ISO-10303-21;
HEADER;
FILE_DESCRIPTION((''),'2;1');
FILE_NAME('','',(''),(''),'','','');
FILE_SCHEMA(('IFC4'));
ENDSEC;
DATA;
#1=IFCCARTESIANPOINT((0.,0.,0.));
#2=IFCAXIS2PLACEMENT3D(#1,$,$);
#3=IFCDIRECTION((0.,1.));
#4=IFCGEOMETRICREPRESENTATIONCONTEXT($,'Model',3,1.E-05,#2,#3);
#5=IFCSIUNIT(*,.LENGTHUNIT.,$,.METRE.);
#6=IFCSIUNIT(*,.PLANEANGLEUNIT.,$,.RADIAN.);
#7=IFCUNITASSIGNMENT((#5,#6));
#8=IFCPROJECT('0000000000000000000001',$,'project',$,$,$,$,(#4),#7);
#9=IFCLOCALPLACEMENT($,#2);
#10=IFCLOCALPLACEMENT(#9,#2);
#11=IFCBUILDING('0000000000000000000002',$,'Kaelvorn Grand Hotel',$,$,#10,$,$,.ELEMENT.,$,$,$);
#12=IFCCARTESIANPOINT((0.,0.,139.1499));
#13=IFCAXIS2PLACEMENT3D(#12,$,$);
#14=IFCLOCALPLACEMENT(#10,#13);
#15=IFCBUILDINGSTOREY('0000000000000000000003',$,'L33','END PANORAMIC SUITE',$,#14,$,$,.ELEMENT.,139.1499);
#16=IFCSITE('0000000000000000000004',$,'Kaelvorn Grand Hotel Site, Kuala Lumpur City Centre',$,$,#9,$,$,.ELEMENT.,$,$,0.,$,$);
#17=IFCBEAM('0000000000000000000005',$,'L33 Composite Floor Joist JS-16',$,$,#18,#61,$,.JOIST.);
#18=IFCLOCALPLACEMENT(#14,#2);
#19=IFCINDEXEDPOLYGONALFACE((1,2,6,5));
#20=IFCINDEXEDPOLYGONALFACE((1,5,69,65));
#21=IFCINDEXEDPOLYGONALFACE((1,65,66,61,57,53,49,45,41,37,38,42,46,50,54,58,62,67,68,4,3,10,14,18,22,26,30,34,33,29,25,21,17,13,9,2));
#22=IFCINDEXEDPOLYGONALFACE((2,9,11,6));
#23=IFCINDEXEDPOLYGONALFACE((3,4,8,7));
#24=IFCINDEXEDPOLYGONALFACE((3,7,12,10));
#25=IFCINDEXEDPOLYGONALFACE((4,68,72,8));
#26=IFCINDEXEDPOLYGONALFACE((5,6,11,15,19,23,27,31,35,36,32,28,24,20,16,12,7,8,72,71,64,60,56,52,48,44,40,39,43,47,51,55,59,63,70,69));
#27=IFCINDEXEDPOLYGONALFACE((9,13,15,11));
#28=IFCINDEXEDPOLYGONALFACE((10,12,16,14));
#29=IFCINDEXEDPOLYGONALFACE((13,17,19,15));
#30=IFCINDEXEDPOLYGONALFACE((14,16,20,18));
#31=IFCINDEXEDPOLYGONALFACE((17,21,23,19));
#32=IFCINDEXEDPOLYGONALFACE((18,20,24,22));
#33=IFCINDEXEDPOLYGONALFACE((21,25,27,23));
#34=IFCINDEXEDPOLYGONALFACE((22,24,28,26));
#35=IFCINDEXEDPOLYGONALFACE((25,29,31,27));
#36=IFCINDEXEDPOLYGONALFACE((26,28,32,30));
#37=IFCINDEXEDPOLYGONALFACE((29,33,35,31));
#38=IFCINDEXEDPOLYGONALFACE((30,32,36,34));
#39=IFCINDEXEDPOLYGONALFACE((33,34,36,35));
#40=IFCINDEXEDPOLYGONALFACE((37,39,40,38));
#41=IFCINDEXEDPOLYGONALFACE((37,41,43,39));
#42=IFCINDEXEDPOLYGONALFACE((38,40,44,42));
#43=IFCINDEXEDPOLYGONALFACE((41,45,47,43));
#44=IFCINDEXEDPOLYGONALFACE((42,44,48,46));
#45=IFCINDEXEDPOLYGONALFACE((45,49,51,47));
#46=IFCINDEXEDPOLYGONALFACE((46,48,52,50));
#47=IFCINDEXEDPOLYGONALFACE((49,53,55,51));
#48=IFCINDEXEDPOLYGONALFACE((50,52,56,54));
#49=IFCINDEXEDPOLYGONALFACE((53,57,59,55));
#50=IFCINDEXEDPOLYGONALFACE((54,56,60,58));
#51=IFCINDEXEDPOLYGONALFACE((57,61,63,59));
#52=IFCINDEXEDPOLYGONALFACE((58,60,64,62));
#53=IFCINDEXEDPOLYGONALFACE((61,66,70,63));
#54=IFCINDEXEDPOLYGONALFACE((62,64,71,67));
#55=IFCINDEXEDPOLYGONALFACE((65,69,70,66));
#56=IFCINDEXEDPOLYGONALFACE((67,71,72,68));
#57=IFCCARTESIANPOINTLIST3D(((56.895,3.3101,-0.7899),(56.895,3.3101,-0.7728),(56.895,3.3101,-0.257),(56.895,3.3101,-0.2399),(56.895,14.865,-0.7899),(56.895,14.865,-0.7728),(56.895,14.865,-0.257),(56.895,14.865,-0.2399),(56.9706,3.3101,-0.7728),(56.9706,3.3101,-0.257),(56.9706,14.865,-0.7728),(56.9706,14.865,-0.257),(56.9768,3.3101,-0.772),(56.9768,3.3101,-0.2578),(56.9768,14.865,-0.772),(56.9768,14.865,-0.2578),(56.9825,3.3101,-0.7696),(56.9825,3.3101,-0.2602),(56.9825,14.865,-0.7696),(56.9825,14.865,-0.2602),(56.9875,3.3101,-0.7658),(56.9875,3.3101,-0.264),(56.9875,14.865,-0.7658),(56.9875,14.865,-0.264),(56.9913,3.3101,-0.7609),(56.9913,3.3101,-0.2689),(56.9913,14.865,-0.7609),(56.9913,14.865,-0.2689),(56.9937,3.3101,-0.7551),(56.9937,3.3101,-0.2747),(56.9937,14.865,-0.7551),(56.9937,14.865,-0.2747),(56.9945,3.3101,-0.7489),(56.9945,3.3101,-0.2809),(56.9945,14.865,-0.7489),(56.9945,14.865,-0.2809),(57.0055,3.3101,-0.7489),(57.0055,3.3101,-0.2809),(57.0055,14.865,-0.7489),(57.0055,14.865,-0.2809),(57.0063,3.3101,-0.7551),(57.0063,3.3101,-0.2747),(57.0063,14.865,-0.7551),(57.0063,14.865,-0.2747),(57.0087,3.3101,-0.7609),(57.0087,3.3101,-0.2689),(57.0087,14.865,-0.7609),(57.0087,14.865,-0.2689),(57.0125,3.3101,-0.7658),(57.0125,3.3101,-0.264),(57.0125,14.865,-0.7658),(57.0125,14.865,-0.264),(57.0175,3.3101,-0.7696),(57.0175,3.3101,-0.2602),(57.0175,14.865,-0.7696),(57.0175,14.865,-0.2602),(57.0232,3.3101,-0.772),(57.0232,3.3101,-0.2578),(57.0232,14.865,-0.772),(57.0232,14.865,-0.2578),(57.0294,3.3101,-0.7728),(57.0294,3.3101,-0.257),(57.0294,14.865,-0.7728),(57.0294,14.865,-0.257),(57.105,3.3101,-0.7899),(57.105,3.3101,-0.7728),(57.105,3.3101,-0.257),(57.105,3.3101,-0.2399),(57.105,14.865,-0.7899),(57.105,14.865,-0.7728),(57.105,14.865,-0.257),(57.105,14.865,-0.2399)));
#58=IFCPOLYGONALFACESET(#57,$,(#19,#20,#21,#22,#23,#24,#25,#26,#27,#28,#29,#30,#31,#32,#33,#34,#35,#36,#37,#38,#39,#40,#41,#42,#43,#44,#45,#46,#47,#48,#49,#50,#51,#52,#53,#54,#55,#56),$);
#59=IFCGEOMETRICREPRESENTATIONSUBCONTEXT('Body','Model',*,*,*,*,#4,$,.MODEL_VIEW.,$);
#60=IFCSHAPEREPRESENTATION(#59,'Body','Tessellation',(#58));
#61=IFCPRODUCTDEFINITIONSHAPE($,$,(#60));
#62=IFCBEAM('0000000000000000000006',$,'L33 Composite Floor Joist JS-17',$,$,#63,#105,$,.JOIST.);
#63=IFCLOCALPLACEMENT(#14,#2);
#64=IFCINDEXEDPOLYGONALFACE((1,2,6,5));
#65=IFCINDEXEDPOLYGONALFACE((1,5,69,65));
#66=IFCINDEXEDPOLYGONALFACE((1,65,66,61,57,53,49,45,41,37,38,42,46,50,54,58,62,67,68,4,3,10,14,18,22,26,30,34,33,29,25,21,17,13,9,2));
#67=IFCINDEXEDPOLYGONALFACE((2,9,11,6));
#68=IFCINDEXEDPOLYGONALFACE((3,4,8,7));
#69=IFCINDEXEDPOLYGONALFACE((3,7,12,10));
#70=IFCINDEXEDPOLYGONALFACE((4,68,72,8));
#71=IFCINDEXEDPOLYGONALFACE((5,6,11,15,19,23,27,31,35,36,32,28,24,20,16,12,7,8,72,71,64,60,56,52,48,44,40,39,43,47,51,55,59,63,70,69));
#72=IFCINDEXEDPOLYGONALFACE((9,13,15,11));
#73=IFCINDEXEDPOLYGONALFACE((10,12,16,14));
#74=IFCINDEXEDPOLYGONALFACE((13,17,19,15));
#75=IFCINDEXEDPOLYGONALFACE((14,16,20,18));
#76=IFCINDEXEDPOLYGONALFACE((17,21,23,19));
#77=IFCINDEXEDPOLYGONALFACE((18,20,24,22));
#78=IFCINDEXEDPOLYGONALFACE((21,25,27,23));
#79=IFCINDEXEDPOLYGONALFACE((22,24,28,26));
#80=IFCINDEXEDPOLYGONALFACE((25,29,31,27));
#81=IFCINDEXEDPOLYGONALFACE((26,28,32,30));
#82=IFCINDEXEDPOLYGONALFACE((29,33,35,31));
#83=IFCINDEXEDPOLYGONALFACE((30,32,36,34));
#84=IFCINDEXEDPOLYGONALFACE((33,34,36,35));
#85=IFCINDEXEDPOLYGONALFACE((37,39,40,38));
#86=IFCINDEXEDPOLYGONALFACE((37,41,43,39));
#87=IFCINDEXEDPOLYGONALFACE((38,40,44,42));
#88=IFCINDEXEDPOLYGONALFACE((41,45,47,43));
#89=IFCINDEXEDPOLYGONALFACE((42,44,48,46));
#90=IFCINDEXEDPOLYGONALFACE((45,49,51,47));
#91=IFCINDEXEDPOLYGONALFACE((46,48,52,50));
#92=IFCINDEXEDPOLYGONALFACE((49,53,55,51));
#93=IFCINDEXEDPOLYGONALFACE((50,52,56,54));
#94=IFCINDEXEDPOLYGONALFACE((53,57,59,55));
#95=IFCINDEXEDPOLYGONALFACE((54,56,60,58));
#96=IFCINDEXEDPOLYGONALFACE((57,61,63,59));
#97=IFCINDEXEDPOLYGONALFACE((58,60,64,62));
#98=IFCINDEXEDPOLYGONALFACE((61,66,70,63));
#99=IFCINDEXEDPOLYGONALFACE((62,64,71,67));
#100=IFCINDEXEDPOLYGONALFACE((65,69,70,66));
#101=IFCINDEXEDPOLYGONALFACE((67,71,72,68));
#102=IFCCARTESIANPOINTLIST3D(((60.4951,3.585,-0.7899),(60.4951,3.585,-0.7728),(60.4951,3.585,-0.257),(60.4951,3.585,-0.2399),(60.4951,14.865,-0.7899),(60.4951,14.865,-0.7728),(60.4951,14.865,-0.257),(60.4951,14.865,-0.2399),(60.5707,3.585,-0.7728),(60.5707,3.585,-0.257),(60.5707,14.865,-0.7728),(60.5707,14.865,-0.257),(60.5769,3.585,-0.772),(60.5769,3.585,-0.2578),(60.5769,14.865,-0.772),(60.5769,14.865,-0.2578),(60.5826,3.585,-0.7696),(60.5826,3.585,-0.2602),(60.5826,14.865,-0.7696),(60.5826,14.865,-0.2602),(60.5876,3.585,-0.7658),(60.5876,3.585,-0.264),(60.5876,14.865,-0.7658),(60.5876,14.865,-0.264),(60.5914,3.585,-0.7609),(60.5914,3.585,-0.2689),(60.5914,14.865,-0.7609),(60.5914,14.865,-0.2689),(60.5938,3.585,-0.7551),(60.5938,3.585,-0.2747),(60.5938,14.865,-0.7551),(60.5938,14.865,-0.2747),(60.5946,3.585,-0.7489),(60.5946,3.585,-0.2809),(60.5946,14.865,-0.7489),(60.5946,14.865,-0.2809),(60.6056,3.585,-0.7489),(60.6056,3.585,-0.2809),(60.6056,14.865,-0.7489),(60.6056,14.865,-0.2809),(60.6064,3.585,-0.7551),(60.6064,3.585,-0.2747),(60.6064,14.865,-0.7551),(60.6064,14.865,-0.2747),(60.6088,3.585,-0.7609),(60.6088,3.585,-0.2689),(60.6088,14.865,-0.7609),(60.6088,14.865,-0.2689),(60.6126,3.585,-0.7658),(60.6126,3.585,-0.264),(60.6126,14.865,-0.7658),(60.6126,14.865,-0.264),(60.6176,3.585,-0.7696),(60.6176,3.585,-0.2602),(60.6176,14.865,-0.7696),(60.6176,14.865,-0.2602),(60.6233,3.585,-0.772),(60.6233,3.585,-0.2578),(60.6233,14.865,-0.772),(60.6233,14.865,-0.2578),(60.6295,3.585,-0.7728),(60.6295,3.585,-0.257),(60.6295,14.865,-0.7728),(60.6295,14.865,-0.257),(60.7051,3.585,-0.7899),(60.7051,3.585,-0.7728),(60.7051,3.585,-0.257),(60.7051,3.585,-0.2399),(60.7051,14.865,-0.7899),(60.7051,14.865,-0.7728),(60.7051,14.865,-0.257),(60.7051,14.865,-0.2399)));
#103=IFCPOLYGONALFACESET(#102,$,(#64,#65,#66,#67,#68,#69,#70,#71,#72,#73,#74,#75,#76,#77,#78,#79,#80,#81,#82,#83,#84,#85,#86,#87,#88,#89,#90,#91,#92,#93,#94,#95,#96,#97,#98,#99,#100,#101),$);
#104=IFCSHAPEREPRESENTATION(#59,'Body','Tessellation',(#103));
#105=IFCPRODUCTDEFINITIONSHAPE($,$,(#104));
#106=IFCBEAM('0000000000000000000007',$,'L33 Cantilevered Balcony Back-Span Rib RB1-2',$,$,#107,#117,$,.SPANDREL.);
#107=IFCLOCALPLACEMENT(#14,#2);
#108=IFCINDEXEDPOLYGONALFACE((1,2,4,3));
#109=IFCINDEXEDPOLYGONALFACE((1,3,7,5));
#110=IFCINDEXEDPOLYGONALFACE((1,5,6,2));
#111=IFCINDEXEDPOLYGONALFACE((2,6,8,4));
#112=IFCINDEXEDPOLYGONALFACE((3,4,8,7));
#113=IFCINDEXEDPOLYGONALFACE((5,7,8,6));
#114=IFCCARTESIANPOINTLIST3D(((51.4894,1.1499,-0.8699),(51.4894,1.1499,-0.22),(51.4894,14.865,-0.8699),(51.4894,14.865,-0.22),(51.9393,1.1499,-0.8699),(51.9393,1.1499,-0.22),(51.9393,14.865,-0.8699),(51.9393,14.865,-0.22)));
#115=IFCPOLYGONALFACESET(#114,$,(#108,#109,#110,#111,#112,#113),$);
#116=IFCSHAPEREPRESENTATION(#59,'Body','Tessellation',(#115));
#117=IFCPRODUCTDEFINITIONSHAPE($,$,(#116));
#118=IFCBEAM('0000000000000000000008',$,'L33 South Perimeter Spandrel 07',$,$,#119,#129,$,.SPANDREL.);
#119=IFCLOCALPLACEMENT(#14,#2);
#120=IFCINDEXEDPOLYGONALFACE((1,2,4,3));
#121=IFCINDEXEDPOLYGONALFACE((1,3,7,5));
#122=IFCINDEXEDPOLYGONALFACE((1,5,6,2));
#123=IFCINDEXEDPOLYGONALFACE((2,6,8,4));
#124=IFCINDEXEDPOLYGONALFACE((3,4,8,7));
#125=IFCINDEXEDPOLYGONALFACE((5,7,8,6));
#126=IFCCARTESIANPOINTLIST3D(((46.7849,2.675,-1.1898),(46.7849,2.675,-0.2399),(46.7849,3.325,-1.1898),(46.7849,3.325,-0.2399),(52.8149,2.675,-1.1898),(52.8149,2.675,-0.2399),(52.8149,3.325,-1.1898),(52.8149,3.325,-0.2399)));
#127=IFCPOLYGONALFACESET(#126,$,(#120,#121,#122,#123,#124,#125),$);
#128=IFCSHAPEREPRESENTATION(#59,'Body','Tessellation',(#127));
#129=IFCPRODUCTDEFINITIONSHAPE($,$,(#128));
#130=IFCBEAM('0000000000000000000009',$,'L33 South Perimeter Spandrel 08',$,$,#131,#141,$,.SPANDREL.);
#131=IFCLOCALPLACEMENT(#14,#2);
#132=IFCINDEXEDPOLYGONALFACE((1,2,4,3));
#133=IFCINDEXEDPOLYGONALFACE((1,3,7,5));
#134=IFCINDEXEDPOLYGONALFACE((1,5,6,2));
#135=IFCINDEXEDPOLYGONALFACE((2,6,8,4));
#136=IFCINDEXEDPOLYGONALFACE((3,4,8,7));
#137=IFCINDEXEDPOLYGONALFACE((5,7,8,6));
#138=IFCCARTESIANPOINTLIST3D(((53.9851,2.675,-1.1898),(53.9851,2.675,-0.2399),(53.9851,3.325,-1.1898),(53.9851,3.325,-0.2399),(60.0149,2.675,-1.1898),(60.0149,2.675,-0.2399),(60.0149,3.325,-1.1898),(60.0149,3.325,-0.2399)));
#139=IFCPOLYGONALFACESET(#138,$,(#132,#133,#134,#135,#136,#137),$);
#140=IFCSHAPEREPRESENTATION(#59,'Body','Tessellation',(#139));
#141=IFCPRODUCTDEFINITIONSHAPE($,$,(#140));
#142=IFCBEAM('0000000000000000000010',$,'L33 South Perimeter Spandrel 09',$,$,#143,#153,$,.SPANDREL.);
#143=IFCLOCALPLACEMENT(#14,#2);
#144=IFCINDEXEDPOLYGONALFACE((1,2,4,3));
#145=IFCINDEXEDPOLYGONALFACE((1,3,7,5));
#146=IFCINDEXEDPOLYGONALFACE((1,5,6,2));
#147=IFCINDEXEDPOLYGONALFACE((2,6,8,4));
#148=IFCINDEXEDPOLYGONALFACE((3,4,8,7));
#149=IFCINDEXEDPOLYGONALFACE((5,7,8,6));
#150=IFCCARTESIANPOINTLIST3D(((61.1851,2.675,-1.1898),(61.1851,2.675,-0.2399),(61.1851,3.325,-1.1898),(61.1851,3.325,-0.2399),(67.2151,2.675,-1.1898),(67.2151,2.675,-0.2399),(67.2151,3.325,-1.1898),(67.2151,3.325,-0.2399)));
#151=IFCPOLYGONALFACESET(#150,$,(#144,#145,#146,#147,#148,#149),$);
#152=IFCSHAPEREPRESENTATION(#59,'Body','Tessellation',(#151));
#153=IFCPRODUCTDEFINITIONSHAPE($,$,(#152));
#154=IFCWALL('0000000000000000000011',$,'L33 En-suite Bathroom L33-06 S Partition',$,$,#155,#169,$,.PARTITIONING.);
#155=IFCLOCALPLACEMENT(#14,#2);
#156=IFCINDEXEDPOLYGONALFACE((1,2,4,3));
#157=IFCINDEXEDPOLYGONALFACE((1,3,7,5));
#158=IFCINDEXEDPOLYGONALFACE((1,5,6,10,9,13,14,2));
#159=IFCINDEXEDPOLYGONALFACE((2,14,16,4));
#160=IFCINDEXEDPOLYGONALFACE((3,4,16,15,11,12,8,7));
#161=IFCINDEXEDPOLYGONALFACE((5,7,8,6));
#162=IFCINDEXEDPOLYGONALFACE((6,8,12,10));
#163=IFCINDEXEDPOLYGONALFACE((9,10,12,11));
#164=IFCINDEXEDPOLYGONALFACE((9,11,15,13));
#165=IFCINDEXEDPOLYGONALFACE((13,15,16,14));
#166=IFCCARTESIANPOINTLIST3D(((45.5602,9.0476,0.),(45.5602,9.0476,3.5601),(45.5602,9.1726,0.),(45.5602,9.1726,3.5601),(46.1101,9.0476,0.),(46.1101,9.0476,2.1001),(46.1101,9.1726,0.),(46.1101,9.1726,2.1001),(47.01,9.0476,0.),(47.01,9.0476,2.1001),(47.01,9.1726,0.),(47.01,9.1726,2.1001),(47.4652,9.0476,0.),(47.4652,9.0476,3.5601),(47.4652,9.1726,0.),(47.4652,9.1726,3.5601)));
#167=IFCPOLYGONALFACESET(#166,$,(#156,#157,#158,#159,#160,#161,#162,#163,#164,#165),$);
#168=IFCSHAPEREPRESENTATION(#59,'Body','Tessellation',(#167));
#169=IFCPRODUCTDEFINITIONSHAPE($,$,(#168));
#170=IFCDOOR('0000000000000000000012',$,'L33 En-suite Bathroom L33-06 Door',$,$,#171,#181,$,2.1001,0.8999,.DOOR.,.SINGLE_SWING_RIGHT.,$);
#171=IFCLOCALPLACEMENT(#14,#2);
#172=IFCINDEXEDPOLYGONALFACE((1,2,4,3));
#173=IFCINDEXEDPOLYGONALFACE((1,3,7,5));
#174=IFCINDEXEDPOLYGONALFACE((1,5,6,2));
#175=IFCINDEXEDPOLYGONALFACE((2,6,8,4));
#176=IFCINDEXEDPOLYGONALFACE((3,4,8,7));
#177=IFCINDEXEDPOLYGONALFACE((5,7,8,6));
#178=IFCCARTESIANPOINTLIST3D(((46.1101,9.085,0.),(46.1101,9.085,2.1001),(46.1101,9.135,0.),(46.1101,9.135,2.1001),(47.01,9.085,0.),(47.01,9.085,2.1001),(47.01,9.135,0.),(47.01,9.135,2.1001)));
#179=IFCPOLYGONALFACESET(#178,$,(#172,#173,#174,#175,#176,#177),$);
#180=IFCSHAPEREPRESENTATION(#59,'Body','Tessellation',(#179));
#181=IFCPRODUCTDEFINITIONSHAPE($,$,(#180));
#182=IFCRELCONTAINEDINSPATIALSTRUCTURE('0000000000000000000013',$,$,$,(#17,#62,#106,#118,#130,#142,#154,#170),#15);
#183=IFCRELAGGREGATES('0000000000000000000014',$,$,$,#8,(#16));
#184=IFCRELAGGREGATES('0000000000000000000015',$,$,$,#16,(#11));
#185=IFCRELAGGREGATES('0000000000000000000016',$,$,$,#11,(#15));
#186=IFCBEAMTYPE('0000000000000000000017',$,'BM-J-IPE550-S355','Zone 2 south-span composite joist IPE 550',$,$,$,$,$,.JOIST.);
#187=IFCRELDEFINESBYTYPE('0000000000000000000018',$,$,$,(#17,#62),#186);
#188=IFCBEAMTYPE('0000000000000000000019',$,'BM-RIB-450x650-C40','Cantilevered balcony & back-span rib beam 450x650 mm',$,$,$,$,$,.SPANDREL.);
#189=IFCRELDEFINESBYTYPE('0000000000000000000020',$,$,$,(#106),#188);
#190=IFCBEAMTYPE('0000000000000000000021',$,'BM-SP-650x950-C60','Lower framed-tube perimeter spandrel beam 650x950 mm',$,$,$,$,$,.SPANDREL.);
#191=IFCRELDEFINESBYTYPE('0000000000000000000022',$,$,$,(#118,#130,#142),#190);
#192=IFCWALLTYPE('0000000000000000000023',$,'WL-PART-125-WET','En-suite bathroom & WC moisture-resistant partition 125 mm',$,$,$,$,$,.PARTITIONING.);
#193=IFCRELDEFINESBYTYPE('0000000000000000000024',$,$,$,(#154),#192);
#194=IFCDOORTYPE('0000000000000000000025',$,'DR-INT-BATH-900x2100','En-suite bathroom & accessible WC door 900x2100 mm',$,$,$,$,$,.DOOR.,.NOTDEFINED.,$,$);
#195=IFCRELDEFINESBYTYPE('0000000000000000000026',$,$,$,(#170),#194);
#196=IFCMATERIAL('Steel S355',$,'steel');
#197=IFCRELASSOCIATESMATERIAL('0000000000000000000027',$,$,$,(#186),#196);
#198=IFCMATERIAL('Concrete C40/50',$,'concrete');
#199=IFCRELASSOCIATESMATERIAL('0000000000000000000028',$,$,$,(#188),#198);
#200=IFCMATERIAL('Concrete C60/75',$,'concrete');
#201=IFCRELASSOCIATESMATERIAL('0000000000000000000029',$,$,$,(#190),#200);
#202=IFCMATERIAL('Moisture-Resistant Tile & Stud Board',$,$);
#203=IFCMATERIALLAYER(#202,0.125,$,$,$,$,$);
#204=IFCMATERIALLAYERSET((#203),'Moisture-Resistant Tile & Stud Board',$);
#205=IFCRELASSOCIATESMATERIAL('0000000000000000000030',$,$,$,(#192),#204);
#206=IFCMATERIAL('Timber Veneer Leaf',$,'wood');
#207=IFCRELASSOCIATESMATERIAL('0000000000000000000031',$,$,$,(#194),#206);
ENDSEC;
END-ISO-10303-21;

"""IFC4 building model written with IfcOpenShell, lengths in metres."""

from ifc_helpers import new_model, si_unit, direction, frame, frame_2d, origin, origin_2d, place, context, subcontext, project, spatial, rectangle, i_section, extrude, material, layer, layer_set, material_profile, profile_set, type_object, element, fill, save


model = new_model("IFC4")

# Units and contexts
model_context = context("Model", 3, precision=1e-05, world=origin(), true_north=direction((0.0, 1.0)))
body_context = subcontext(model_context, "Body", "Model", "MODEL_VIEW")
ifc_project = project(units=[si_unit("LENGTHUNIT", "METRE"), si_unit("PLANEANGLEUNIT", "RADIAN")], contexts=[model_context])

# Site, building, storey
site_placement = place(None, origin())
site = spatial("IfcSite", under=ifc_project, at=site_placement, Name="Kaelvorn Grand Hotel Site, Kuala Lumpur City Centre", CompositionType="ELEMENT", RefElevation=0.0)
building_placement = place(site_placement, origin())
building = spatial("IfcBuilding", under=site, at=building_placement, Name="Kaelvorn Grand Hotel", CompositionType="ELEMENT")
storey_placement = place(building_placement, frame((0.0, 0.0, 139.1499)))
storey = spatial("IfcBuildingStorey", under=building, at=storey_placement, Name="L33", Description="END PANORAMIC SUITE", CompositionType="ELEMENT", Elevation=139.1499)

# Shared definitions
ifc_material_1 = material(Name="Concrete C60/75", Category="concrete")

# Beams
ifc_material_2 = material(Name="Steel S355", Category="steel")
ifc_material_profile_1 = material_profile(ifc_material_2, i_section(OverallWidth=0.21, OverallDepth=0.55, WebThickness=0.011, FlangeThickness=0.0171, FilletRadius=0.0239, at=origin_2d()), Name="IPE 550")
ifc_profile_set_1 = profile_set([ifc_material_profile_1], Name="Steel S355")
beam_type_1 = type_object("IfcBeamType", Name="BM-J-IPE550-S355", Description="Zone 2 south-span composite joist IPE 550", PredefinedType="JOIST", material=ifc_profile_set_1)
beam_1_placement = place(storey_placement, frame((57.0, 3.3101, -0.5149), z_axis=(0.0, 1.0, 0.0), x_axis=(-1.0, 0.0, 0.0)))
element("IfcBeam", 1, at=beam_1_placement, inside=storey, type_object=beam_type_1, Name="L33 Composite Floor Joist JS-16", PredefinedType="JOIST", context=body_context, shape_type="SweptSolid", body=[
    extrude(i_section(OverallWidth=0.21, OverallDepth=0.55, WebThickness=0.011, FlangeThickness=0.0171, FilletRadius=0.0239, at=origin_2d()), origin(), (0.0, 0.0, 1.0), 11.5549),
])
beam_2_placement = place(storey_placement, frame((60.6001, 3.585, -0.5149), z_axis=(0.0, 1.0, 0.0), x_axis=(-1.0, 0.0, 0.0)))
element("IfcBeam", 2, at=beam_2_placement, inside=storey, type_object=beam_type_1, Name="L33 Composite Floor Joist JS-17", PredefinedType="JOIST", context=body_context, shape_type="SweptSolid", body=[
    extrude(i_section(OverallWidth=0.21, OverallDepth=0.55, WebThickness=0.011, FlangeThickness=0.0171, FilletRadius=0.0239, at=origin_2d()), origin(), (0.0, 0.0, 1.0), 11.28),
])
ifc_material_3 = material(Name="Concrete C40/50", Category="concrete")
ifc_material_profile_2 = material_profile(ifc_material_3, rectangle(XDim=0.45, YDim=0.6499, at=origin_2d()), Name="RC RIB 450x650")
ifc_profile_set_2 = profile_set([ifc_material_profile_2], Name="Concrete C40/50")
beam_type_2 = type_object("IfcBeamType", Name="BM-RIB-450x650-C40", Description="Cantilevered balcony & back-span rib beam 450x650 mm", PredefinedType="SPANDREL", material=ifc_profile_set_2)
beam_3_placement = place(storey_placement, frame((51.7144, 1.1499, -0.5449), z_axis=(0.0, 1.0, 0.0), x_axis=(-1.0, 0.0, 0.0)))
element("IfcBeam", 3, at=beam_3_placement, inside=storey, type_object=beam_type_2, Name="L33 Cantilevered Balcony Back-Span Rib RB1-2", PredefinedType="SPANDREL", context=body_context, shape_type="SweptSolid", body=[
    extrude(rectangle(XDim=0.45, YDim=0.6499, at=origin_2d()), origin(), (0.0, 0.0, 1.0), 13.7151),
])
ifc_material_profile_3 = material_profile(ifc_material_1, rectangle(XDim=0.6499, YDim=0.95, at=origin_2d()), Name="RC SPANDREL 650x950")
ifc_profile_set_3 = profile_set([ifc_material_profile_3], Name="Concrete C60/75")
beam_type_3 = type_object("IfcBeamType", Name="BM-SP-650x950-C60", Description="Lower framed-tube perimeter spandrel beam 650x950 mm", PredefinedType="SPANDREL", material=ifc_profile_set_3)
beam_4_placement = place(storey_placement, frame((46.7849, 3.0, -0.7148), z_axis=(1.0, 0.0, 0.0), x_axis=(0.0, 1.0, 0.0)))
element("IfcBeam", 4, at=beam_4_placement, inside=storey, type_object=beam_type_3, Name="L33 South Perimeter Spandrel 07", PredefinedType="SPANDREL", context=body_context, shape_type="SweptSolid", body=[
    extrude(rectangle(XDim=0.6499, YDim=0.95, at=origin_2d()), origin(), (0.0, 0.0, 1.0), 6.03),
])
beam_5_placement = place(storey_placement, frame((53.9851, 3.0, -0.7148), z_axis=(1.0, 0.0, 0.0), x_axis=(0.0, 1.0, 0.0)))
element("IfcBeam", 5, at=beam_5_placement, inside=storey, type_object=beam_type_3, Name="L33 South Perimeter Spandrel 08", PredefinedType="SPANDREL", context=body_context, shape_type="SweptSolid", body=[
    extrude(rectangle(XDim=0.6499, YDim=0.95, at=origin_2d()), origin(), (0.0, 0.0, 1.0), 6.0298),
])
beam_6_placement = place(storey_placement, frame((61.1851, 3.0, -0.7148), z_axis=(1.0, 0.0, 0.0), x_axis=(0.0, 1.0, 0.0)))
element("IfcBeam", 6, at=beam_6_placement, inside=storey, type_object=beam_type_3, Name="L33 South Perimeter Spandrel 09", PredefinedType="SPANDREL", context=body_context, shape_type="SweptSolid", body=[
    extrude(rectangle(XDim=0.6499, YDim=0.95, at=origin_2d()), origin(), (0.0, 0.0, 1.0), 6.03),
])

# Wall, opening, door
ifc_material_4 = material(Name="Moisture-Resistant Tile & Stud Board")
ifc_layer_1 = layer(ifc_material_4, 0.125)
ifc_layer_set_1 = layer_set([ifc_layer_1], Name="Moisture-Resistant Tile & Stud Board")
wall_type_1 = type_object("IfcWallType", Name="WL-PART-125-WET", Description="En-suite bathroom & WC moisture-resistant partition 125 mm", PredefinedType="PARTITIONING", material=ifc_layer_set_1)
wall_1_placement = place(storey_placement, frame((45.5601, 9.1101, 0.0), z_axis=(0.0, 0.0, 1.0), x_axis=(1.0, 0.0, 0.0)))
wall_1 = element("IfcWall", 7, at=wall_1_placement, inside=storey, type_object=wall_type_1, Name="L33 En-suite Bathroom L33-06 S Partition", PredefinedType="PARTITIONING", context=body_context, shape_type="SweptSolid", body=[
    extrude(rectangle(XDim=1.905, YDim=0.125, at=frame_2d((0.9526, 0.0))), origin(), (0.0, 0.0, 1.0), 3.5601),
])
opening_1_placement = place(wall_1_placement, frame((0.55, 0.0, 0.0)))
opening_1 = element("IfcOpeningElement", 8, at=opening_1_placement, cuts=wall_1, PredefinedType="OPENING", context=body_context, shape_type="SweptSolid", body=[
    extrude(rectangle(XDim=0.8999, YDim=2.1001, at=frame_2d((0.45, 1.05))), frame((0.0, 0.0725, 0.0), z_axis=(0.0, -1.0, 0.0), x_axis=(1.0, 0.0, 0.0)), (0.0, 0.0, 1.0), 0.145),
])
ifc_material_5 = material(Name="Timber Veneer Leaf", Category="wood")
door_type = type_object("IfcDoorType", Name="DR-INT-BATH-900x2100", Description="En-suite bathroom & accessible WC door 900x2100 mm", OperationType="NOTDEFINED", PredefinedType="DOOR", material=ifc_material_5)
door_1_placement = place(opening_1_placement, origin())
door_1 = element("IfcDoor", 9, at=door_1_placement, inside=storey, type_object=door_type, Name="L33 En-suite Bathroom L33-06 Door", OperationType="SINGLE_SWING_RIGHT", OverallHeight=2.1001, OverallWidth=0.8999, PredefinedType="DOOR", context=body_context, shape_type="SweptSolid", body=[
    extrude(rectangle(XDim=0.8999, YDim=2.1001, at=frame_2d((0.45, 1.05))), frame((0.0, 0.0249, 0.0), z_axis=(0.0, -1.0, 0.0), x_axis=(1.0, 0.0, 0.0)), (0.0, 0.0, 1.0), 0.05),
])
fill(opening_1, door_1)

save(model, "model.ifc")
